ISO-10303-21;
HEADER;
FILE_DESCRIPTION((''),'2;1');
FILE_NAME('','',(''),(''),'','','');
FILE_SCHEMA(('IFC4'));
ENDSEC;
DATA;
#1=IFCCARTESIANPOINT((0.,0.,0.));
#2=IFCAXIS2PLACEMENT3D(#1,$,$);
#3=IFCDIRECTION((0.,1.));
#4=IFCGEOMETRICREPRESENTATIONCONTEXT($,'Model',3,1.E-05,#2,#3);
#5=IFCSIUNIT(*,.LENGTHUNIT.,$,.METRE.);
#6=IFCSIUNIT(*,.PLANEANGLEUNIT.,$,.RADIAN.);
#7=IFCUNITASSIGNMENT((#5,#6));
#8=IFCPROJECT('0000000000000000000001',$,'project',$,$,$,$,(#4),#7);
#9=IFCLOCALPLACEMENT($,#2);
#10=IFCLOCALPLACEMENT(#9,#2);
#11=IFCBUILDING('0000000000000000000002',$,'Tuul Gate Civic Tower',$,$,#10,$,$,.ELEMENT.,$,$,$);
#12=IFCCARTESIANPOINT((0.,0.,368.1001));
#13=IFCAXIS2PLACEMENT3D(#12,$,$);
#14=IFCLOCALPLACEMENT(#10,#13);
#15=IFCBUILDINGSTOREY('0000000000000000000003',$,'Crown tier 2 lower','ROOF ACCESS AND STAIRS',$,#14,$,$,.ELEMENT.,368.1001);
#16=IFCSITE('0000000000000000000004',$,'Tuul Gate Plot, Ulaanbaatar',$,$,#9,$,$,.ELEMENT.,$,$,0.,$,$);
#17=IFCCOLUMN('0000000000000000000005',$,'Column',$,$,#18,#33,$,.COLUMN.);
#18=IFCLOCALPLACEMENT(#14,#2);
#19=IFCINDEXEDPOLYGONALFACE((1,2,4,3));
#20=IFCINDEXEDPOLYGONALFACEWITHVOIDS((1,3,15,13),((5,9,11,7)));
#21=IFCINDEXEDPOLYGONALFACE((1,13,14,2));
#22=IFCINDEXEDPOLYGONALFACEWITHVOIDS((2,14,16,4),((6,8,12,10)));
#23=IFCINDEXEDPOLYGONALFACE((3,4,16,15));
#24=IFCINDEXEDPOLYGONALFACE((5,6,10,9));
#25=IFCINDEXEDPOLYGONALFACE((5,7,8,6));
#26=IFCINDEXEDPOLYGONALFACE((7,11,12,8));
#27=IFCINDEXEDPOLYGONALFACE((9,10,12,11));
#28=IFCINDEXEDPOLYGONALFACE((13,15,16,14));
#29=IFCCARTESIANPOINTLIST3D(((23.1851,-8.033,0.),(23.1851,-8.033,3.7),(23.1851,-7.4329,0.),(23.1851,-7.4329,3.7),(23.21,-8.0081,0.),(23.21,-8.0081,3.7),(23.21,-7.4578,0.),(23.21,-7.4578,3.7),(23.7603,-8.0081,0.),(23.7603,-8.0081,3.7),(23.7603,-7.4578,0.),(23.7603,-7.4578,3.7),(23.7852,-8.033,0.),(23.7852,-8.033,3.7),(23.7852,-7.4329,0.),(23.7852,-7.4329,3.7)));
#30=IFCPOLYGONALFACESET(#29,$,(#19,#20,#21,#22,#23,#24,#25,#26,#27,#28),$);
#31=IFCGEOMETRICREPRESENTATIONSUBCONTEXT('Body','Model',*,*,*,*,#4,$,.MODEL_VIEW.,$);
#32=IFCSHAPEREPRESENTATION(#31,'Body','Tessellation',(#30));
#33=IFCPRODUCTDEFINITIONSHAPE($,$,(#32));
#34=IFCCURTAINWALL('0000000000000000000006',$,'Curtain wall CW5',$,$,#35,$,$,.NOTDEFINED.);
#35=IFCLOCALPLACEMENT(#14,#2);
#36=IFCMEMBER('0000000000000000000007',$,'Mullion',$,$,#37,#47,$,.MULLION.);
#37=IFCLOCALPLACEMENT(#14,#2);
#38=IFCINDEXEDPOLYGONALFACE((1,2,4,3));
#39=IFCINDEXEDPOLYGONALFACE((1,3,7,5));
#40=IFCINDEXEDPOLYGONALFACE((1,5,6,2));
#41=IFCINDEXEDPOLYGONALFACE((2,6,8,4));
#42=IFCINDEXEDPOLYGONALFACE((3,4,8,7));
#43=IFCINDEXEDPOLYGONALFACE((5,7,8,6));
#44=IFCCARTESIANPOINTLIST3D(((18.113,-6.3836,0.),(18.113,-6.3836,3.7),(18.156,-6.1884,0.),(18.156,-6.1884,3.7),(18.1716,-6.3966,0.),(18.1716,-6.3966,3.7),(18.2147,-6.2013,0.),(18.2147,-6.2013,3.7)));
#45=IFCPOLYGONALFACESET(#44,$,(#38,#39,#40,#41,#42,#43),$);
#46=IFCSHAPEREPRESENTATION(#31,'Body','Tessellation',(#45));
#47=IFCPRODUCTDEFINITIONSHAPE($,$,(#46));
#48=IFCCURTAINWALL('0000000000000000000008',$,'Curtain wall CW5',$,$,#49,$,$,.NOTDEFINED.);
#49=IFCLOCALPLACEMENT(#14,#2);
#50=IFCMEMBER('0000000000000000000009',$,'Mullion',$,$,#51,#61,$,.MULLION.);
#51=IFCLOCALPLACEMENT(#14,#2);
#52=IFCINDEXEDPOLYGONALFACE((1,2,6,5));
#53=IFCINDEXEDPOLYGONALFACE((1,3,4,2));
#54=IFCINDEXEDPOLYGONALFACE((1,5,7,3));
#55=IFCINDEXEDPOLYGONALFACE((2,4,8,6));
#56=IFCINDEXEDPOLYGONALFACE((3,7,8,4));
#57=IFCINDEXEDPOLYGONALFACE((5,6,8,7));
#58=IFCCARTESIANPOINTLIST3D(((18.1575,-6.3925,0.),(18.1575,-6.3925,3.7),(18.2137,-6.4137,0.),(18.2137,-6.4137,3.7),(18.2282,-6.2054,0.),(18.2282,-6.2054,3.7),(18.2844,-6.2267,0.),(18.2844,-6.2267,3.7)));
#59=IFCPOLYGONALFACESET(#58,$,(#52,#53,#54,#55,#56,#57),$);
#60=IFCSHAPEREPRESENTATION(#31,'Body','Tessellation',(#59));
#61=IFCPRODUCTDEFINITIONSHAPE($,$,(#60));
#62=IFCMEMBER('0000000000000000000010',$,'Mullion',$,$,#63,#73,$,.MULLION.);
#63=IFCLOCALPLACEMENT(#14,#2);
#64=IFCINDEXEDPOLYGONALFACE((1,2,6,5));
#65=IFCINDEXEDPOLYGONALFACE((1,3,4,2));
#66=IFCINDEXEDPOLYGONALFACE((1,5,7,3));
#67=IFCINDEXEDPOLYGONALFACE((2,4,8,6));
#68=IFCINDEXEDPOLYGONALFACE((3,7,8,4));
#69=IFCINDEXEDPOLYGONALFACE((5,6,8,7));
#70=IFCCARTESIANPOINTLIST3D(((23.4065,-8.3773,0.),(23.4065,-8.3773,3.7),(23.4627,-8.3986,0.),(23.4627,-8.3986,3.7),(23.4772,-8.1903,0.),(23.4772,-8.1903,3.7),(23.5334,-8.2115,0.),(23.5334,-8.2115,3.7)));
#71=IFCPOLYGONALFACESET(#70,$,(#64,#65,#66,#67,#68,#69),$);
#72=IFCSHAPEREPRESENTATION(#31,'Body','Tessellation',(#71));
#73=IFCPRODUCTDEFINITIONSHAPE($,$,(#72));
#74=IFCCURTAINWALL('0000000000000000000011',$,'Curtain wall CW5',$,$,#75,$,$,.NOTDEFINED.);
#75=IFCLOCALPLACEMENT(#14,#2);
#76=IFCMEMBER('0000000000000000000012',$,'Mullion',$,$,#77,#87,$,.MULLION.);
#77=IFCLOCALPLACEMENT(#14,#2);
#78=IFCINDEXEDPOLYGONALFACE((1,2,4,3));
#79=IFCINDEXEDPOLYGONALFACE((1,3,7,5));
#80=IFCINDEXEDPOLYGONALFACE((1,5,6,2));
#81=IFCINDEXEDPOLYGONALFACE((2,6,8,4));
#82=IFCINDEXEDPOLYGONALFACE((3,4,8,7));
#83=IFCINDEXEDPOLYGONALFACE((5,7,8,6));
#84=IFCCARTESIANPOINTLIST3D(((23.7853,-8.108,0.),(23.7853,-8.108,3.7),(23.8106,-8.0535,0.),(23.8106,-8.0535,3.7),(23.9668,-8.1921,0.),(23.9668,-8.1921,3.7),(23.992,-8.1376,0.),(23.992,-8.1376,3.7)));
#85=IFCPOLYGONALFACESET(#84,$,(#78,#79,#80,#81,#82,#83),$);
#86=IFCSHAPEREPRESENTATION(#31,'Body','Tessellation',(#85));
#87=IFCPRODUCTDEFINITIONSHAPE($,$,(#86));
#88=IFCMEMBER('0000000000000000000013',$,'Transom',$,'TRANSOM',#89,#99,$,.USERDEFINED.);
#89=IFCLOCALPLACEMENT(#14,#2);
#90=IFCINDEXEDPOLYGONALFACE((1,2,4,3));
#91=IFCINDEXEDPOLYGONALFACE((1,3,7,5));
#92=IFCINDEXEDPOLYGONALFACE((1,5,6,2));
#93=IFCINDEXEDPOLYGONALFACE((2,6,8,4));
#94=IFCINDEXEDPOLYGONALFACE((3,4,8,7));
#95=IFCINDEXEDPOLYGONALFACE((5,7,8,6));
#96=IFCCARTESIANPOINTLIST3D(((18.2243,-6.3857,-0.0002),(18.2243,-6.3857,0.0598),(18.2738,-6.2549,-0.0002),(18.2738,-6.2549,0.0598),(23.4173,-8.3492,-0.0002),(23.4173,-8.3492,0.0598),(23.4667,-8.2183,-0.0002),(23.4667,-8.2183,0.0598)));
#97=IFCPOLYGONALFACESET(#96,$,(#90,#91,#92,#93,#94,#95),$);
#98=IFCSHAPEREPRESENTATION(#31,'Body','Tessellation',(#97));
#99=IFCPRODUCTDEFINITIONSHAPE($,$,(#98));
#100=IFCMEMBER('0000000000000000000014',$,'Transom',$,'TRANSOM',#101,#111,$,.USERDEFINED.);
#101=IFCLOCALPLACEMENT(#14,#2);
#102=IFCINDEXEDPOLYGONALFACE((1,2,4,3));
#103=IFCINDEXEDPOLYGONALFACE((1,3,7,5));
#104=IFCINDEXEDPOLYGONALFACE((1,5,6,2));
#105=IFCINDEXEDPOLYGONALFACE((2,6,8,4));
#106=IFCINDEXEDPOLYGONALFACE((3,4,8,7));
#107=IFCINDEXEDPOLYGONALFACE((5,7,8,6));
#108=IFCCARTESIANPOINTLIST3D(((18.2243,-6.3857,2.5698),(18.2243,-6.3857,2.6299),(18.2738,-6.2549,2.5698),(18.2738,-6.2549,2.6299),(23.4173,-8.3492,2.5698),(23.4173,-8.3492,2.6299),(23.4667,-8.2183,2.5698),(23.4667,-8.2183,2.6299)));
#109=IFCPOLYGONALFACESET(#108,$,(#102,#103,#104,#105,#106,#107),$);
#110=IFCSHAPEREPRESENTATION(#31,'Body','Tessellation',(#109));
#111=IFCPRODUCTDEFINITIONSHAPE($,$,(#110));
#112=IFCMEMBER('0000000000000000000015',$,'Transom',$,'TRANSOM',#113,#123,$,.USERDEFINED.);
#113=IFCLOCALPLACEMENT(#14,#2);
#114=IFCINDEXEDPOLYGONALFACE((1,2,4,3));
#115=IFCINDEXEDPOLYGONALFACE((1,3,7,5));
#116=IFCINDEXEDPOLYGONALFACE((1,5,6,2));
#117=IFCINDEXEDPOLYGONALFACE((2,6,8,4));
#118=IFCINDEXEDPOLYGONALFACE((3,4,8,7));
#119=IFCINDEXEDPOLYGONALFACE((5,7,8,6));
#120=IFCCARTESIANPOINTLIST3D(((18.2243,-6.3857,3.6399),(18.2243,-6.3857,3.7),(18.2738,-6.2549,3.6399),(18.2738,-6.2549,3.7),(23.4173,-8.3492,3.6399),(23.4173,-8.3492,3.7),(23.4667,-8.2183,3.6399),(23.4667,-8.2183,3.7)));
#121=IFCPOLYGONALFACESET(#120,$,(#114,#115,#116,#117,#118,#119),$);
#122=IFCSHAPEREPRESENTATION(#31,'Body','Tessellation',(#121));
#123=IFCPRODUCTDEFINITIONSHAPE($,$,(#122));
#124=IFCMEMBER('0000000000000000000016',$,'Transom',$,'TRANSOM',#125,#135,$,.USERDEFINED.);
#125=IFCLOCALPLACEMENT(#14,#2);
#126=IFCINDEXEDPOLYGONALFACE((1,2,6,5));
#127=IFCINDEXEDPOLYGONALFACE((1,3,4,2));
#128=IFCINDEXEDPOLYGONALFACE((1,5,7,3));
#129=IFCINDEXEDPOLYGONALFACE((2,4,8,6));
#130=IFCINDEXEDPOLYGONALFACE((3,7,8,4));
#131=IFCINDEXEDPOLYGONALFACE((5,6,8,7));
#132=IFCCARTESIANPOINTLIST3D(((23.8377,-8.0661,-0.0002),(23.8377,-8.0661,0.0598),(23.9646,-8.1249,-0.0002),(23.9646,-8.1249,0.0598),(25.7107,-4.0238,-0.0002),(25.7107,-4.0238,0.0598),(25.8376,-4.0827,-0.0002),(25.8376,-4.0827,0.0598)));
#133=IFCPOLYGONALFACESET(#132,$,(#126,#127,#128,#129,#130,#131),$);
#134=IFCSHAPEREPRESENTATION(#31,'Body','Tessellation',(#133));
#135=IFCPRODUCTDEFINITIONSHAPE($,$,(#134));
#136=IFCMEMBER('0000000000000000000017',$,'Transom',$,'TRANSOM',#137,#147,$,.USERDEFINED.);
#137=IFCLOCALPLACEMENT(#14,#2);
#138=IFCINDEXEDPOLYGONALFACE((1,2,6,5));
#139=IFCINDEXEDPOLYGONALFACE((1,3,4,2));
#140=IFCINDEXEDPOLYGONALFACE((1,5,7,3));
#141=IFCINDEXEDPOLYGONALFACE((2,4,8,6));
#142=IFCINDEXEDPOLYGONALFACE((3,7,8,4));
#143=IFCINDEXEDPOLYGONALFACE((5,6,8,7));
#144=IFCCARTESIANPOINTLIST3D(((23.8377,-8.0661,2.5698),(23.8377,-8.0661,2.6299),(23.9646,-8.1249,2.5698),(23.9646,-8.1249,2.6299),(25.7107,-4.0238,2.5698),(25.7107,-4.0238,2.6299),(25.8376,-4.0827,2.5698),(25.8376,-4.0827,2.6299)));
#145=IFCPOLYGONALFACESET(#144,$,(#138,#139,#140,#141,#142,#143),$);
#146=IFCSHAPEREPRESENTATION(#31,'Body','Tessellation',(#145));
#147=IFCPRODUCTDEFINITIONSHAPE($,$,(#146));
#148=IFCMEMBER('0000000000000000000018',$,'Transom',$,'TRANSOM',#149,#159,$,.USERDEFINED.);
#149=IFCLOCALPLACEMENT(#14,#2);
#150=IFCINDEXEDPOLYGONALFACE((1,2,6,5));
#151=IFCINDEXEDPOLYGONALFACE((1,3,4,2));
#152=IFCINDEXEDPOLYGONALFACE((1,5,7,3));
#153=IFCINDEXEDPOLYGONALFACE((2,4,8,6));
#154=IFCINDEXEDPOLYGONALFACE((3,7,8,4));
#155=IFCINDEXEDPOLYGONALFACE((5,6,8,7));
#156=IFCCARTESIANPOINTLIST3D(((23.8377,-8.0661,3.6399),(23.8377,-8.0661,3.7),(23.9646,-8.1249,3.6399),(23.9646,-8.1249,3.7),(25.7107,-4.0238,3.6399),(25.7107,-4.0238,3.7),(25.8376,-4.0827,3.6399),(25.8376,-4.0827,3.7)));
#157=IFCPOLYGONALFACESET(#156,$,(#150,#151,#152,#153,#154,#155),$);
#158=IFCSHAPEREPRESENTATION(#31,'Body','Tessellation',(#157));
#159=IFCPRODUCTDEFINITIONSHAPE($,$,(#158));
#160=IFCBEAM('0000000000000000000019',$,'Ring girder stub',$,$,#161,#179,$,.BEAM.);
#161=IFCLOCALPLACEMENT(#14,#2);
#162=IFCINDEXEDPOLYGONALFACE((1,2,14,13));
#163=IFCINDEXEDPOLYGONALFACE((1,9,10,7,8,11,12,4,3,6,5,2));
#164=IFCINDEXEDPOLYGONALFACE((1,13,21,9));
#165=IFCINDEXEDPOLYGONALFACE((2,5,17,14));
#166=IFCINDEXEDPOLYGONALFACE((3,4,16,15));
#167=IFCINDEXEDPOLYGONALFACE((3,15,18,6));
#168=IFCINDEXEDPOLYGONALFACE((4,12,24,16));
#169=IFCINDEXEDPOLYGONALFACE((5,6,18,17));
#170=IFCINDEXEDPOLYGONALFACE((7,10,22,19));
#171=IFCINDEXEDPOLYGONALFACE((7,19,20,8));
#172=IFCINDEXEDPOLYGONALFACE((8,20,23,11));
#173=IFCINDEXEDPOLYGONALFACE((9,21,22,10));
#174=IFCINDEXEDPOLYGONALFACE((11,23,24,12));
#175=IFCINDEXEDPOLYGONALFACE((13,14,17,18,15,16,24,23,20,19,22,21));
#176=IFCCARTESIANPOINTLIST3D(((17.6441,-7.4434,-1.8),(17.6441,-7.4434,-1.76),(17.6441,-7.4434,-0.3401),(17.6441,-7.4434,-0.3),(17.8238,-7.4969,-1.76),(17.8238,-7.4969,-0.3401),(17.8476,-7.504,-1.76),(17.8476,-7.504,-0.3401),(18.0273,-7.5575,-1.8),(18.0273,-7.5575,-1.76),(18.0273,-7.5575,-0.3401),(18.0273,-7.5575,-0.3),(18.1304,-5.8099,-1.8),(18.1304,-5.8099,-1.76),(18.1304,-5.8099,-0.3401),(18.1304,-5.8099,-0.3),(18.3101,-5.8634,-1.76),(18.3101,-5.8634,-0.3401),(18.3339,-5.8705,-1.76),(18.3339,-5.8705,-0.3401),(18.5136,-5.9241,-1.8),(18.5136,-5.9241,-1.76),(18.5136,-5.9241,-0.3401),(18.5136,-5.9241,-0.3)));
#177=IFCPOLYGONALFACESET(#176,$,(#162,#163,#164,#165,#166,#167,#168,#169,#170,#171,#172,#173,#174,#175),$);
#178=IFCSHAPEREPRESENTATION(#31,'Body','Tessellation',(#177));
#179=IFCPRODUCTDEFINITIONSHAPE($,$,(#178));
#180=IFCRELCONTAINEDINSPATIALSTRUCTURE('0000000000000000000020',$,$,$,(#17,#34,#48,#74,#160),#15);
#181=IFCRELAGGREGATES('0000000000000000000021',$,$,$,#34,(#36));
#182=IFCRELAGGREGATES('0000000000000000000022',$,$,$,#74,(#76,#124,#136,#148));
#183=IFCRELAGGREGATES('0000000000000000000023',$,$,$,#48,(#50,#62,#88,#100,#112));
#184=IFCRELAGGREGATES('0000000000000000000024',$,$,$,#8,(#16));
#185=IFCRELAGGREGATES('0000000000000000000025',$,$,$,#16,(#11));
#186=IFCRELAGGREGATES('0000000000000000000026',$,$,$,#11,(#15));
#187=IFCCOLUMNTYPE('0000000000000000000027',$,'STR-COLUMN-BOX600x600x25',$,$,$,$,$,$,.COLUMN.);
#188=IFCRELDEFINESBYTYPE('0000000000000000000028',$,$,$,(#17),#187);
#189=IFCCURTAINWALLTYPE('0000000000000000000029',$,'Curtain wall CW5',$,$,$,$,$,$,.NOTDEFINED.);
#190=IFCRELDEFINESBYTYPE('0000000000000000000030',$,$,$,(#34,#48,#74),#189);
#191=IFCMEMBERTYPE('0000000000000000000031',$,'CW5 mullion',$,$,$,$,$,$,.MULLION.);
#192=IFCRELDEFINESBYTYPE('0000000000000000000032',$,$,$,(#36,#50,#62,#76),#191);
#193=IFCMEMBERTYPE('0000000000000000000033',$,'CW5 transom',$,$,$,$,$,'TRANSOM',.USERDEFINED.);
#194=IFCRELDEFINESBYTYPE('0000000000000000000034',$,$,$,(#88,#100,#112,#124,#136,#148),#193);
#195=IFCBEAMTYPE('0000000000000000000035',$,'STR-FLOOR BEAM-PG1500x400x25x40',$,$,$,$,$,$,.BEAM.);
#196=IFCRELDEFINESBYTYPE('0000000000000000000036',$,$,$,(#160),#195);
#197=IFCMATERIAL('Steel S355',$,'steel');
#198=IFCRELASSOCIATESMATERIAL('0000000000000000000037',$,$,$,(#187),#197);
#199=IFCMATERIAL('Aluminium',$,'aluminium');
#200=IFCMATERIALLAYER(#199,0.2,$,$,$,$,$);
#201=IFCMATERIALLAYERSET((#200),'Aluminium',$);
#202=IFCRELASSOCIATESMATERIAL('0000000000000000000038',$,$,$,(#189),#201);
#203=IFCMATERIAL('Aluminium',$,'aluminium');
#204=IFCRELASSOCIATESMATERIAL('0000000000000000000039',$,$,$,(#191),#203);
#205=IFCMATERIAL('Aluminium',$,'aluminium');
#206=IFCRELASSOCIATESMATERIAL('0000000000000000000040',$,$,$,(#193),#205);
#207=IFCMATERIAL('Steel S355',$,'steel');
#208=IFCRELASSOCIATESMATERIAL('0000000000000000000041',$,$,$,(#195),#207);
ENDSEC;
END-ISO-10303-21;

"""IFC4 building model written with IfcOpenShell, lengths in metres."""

from ifc_helpers import new_model, si_unit, direction, frame, origin, origin_2d, place, context, subcontext, project, spatial, rectangle, hollow_rectangle, i_section, extrude, material, layer, layer_set, material_profile, profile_set, type_object, element, aggregate, save


model = new_model("IFC4")

# Units and contexts
model_context = context("Model", 3, precision=1e-05, world=origin(), true_north=direction((0.0, 1.0)))
body_context = subcontext(model_context, "Body", "Model", "MODEL_VIEW")
ifc_project = project(units=[si_unit("LENGTHUNIT", "METRE"), si_unit("PLANEANGLEUNIT", "RADIAN")], contexts=[model_context])

# Site, building, storey
site_placement = place(None, origin())
site = spatial("IfcSite", under=ifc_project, at=site_placement, Name="Tuul Gate Plot, Ulaanbaatar", CompositionType="ELEMENT", RefElevation=0.0)
building_placement = place(site_placement, origin())
building = spatial("IfcBuilding", under=site, at=building_placement, Name="Tuul Gate Civic Tower", CompositionType="ELEMENT")
storey_placement = place(building_placement, frame((0.0, 0.0, 368.1001)))
storey = spatial("IfcBuildingStorey", under=building, at=storey_placement, Name="Crown tier 2 lower", Description="ROOF ACCESS AND STAIRS", CompositionType="ELEMENT", Elevation=368.1001)

# Column
ifc_material_1 = material(Name="Steel S355", Category="steel")
ifc_material_profile_1 = material_profile(ifc_material_1, hollow_rectangle(XDim=0.6001, YDim=0.6001, WallThickness=0.0249, at=origin_2d()), Name="BOX600x600x25")
ifc_profile_set_1 = profile_set([ifc_material_profile_1], Name="Steel S355")
column_type = type_object("IfcColumnType", Name="STR-COLUMN-BOX600x600x25", PredefinedType="COLUMN", material=ifc_profile_set_1)
column_placement = place(storey_placement, frame((23.4851, -7.7329, 0.0), z_axis=(0.0, 0.0, 1.0), x_axis=(1.0, 0.0, 0.0)))
element("IfcColumn", 1, at=column_placement, inside=storey, type_object=column_type, Name="Column", PredefinedType="COLUMN", context=body_context, shape_type="SweptSolid", body=[
    extrude(hollow_rectangle(XDim=0.6001, YDim=0.6001, WallThickness=0.0249, at=origin_2d()), origin(), (0.0, 0.0, 1.0), 3.7),
])

# Curtain wall, member
ifc_material_2 = material(Name="Aluminium", Category="aluminium")
ifc_layer_1 = layer(ifc_material_2, 0.2)
ifc_layer_set_1 = layer_set([ifc_layer_1], Name="Aluminium")
curtain_wall_type = type_object("IfcCurtainWallType", Name="Curtain wall CW5", PredefinedType="NOTDEFINED", material=ifc_layer_set_1)
curtain_wall_1_placement = place(storey_placement, origin())
curtain_wall_1 = element("IfcCurtainWall", 2, at=curtain_wall_1_placement, inside=storey, type_object=curtain_wall_type, Name="Curtain wall CW5", PredefinedType="NOTDEFINED")
ifc_material_3 = material(Name="Aluminium", Category="aluminium")
ifc_material_profile_2 = material_profile(ifc_material_3, rectangle(XDim=0.2, YDim=0.0601, at=origin_2d()), Name="CW5 mullion")
ifc_profile_set_2 = profile_set([ifc_material_profile_2], Name="Aluminium")
member_type_1 = type_object("IfcMemberType", Name="CW5 mullion", PredefinedType="MULLION", material=ifc_profile_set_2)
member_1_placement = place(storey_placement, frame((18.1638, -6.2925, 0.0), z_axis=(0.0, 0.0, 1.0), x_axis=(0.215271, 0.976554, 0.0)))
member_1 = element("IfcMember", 3, at=member_1_placement, type_object=member_type_1, Name="Mullion", PredefinedType="MULLION", context=body_context, shape_type="SweptSolid", body=[
    extrude(rectangle(XDim=0.2, YDim=0.0601, at=origin_2d()), origin(), (0.0, 0.0, 1.0), 3.7),
])
aggregate(curtain_wall_1, [member_1])

# Curtain wall, members
curtain_wall_2_placement = place(storey_placement, origin())
curtain_wall_2 = element("IfcCurtainWall", 4, at=curtain_wall_2_placement, inside=storey, type_object=curtain_wall_type, Name="Curtain wall CW5", PredefinedType="NOTDEFINED")
member_2_placement = place(storey_placement, frame((18.2209, -6.3096, 0.0), z_axis=(0.0, 0.0, 1.0), x_axis=(0.353692, 0.935362, 0.0)))
member_2 = element("IfcMember", 5, at=member_2_placement, type_object=member_type_1, Name="Mullion", PredefinedType="MULLION", context=body_context, shape_type="SweptSolid", body=[
    extrude(rectangle(XDim=0.2, YDim=0.0601, at=origin_2d()), origin(), (0.0, 0.0, 1.0), 3.7),
])
member_3_placement = place(storey_placement, frame((23.47, -8.2944, 0.0), z_axis=(0.0, 0.0, 1.0), x_axis=(0.353692, 0.935362, 0.0)))
member_3 = element("IfcMember", 6, at=member_3_placement, type_object=member_type_1, Name="Mullion", PredefinedType="MULLION", context=body_context, shape_type="SweptSolid", body=[
    extrude(rectangle(XDim=0.2, YDim=0.0601, at=origin_2d()), origin(), (0.0, 0.0, 1.0), 3.7),
])

# Curtain wall, member
curtain_wall_3_placement = place(storey_placement, origin())
curtain_wall_3 = element("IfcCurtainWall", 7, at=curtain_wall_3_placement, inside=storey, type_object=curtain_wall_type, Name="Curtain wall CW5", PredefinedType="NOTDEFINED")
member_4_placement = place(storey_placement, frame((23.8887, -8.1228, 0.0), z_axis=(0.0, 0.0, 1.0), x_axis=(-0.907349, 0.420379, 0.0)))
member_4 = element("IfcMember", 8, at=member_4_placement, type_object=member_type_1, Name="Mullion", PredefinedType="MULLION", context=body_context, shape_type="SweptSolid", body=[
    extrude(rectangle(XDim=0.2, YDim=0.0601, at=origin_2d()), origin(), (0.0, 0.0, 1.0), 3.7),
])

# Members
ifc_material_4 = material(Name="Aluminium", Category="aluminium")
ifc_material_profile_3 = material_profile(ifc_material_4, rectangle(XDim=0.1399, YDim=0.0601, at=origin_2d()), Name="CW5 transom")
ifc_profile_set_3 = profile_set([ifc_material_profile_3], Name="Aluminium")
member_type_2 = type_object("IfcMemberType", Name="CW5 transom", ElementType="TRANSOM", PredefinedType="USERDEFINED", material=ifc_profile_set_3)
member_5_placement = place(storey_placement, frame((18.249, -6.3203, 0.0298), z_axis=(0.935375, -0.353657, 0.0), x_axis=(0.353657, 0.935375, 0.0)))
member_5 = element("IfcMember", 9, at=member_5_placement, type_object=member_type_2, Name="Transom", ObjectType="TRANSOM", PredefinedType="USERDEFINED", context=body_context, shape_type="SweptSolid", body=[
    extrude(rectangle(XDim=0.1399, YDim=0.0601, at=origin_2d()), origin(), (0.0, 0.0, 1.0), 5.5518),
])
member_6_placement = place(storey_placement, frame((18.249, -6.3203, 2.5999), z_axis=(0.935375, -0.353657, 0.0), x_axis=(0.353657, 0.935375, 0.0)))
member_6 = element("IfcMember", 10, at=member_6_placement, type_object=member_type_2, Name="Transom", ObjectType="TRANSOM", PredefinedType="USERDEFINED", context=body_context, shape_type="SweptSolid", body=[
    extrude(rectangle(XDim=0.1399, YDim=0.0601, at=origin_2d()), origin(), (0.0, 0.0, 1.0), 5.5518),
])
member_7_placement = place(storey_placement, frame((18.249, -6.3203, 3.6699), z_axis=(0.935375, -0.353657, 0.0), x_axis=(0.353657, 0.935375, 0.0)))
member_7 = element("IfcMember", 11, at=member_7_placement, type_object=member_type_2, Name="Transom", ObjectType="TRANSOM", PredefinedType="USERDEFINED", context=body_context, shape_type="SweptSolid", body=[
    extrude(rectangle(XDim=0.1399, YDim=0.0601, at=origin_2d()), origin(), (0.0, 0.0, 1.0), 5.5518),
])
member_8_placement = place(storey_placement, frame((23.9011, -8.0955, 0.0298), z_axis=(0.420427, 0.907326, 0.0), x_axis=(-0.907326, 0.420427, 0.0)))
member_8 = element("IfcMember", 12, at=member_8_placement, type_object=member_type_2, Name="Transom", ObjectType="TRANSOM", PredefinedType="USERDEFINED", context=body_context, shape_type="SweptSolid", body=[
    extrude(rectangle(XDim=0.1399, YDim=0.0601, at=origin_2d()), origin(), (0.0, 0.0, 1.0), 4.4551),
])
member_9_placement = place(storey_placement, frame((23.9011, -8.0955, 2.5999), z_axis=(0.420427, 0.907326, 0.0), x_axis=(-0.907326, 0.420427, 0.0)))
member_9 = element("IfcMember", 13, at=member_9_placement, type_object=member_type_2, Name="Transom", ObjectType="TRANSOM", PredefinedType="USERDEFINED", context=body_context, shape_type="SweptSolid", body=[
    extrude(rectangle(XDim=0.1399, YDim=0.0601, at=origin_2d()), origin(), (0.0, 0.0, 1.0), 4.4551),
])
member_10_placement = place(storey_placement, frame((23.9011, -8.0955, 3.6699), z_axis=(0.420427, 0.907326, 0.0), x_axis=(-0.907326, 0.420427, 0.0)))
member_10 = element("IfcMember", 14, at=member_10_placement, type_object=member_type_2, Name="Transom", ObjectType="TRANSOM", PredefinedType="USERDEFINED", context=body_context, shape_type="SweptSolid", body=[
    extrude(rectangle(XDim=0.1399, YDim=0.0601, at=origin_2d()), origin(), (0.0, 0.0, 1.0), 4.4551),
])
aggregate(curtain_wall_3, [member_4, member_8, member_9, member_10])

# Beam
ifc_material_5 = material(Name="Steel S355", Category="steel")
ifc_material_profile_4 = material_profile(ifc_material_5, i_section(OverallWidth=0.3999, OverallDepth=1.5, WebThickness=0.0249, FlangeThickness=0.04, at=origin_2d()), Name="PG1500x400x25x40")
ifc_profile_set_4 = profile_set([ifc_material_profile_4], Name="Steel S355")
beam_type_1 = type_object("IfcBeamType", Name="STR-FLOOR BEAM-PG1500x400x25x40", PredefinedType="BEAM", material=ifc_profile_set_4)
beam_1_placement = place(storey_placement, frame((17.8357, -7.5005, -1.05), z_axis=(0.285337, 0.958427, 0.0), x_axis=(-0.958427, 0.285337, 0.0)))
element("IfcBeam", 15, at=beam_1_placement, inside=storey, type_object=beam_type_1, Name="Ring girder stub", PredefinedType="BEAM", context=body_context, shape_type="SweptSolid", body=[
    extrude(i_section(OverallWidth=0.3999, OverallDepth=1.5, WebThickness=0.0249, FlangeThickness=0.04, at=origin_2d()), origin(), (0.0, 0.0, 1.0), 1.7043),
])

aggregate(curtain_wall_2, [member_2, member_3, member_5, member_6, member_7])

save(model, "model.ifc")
